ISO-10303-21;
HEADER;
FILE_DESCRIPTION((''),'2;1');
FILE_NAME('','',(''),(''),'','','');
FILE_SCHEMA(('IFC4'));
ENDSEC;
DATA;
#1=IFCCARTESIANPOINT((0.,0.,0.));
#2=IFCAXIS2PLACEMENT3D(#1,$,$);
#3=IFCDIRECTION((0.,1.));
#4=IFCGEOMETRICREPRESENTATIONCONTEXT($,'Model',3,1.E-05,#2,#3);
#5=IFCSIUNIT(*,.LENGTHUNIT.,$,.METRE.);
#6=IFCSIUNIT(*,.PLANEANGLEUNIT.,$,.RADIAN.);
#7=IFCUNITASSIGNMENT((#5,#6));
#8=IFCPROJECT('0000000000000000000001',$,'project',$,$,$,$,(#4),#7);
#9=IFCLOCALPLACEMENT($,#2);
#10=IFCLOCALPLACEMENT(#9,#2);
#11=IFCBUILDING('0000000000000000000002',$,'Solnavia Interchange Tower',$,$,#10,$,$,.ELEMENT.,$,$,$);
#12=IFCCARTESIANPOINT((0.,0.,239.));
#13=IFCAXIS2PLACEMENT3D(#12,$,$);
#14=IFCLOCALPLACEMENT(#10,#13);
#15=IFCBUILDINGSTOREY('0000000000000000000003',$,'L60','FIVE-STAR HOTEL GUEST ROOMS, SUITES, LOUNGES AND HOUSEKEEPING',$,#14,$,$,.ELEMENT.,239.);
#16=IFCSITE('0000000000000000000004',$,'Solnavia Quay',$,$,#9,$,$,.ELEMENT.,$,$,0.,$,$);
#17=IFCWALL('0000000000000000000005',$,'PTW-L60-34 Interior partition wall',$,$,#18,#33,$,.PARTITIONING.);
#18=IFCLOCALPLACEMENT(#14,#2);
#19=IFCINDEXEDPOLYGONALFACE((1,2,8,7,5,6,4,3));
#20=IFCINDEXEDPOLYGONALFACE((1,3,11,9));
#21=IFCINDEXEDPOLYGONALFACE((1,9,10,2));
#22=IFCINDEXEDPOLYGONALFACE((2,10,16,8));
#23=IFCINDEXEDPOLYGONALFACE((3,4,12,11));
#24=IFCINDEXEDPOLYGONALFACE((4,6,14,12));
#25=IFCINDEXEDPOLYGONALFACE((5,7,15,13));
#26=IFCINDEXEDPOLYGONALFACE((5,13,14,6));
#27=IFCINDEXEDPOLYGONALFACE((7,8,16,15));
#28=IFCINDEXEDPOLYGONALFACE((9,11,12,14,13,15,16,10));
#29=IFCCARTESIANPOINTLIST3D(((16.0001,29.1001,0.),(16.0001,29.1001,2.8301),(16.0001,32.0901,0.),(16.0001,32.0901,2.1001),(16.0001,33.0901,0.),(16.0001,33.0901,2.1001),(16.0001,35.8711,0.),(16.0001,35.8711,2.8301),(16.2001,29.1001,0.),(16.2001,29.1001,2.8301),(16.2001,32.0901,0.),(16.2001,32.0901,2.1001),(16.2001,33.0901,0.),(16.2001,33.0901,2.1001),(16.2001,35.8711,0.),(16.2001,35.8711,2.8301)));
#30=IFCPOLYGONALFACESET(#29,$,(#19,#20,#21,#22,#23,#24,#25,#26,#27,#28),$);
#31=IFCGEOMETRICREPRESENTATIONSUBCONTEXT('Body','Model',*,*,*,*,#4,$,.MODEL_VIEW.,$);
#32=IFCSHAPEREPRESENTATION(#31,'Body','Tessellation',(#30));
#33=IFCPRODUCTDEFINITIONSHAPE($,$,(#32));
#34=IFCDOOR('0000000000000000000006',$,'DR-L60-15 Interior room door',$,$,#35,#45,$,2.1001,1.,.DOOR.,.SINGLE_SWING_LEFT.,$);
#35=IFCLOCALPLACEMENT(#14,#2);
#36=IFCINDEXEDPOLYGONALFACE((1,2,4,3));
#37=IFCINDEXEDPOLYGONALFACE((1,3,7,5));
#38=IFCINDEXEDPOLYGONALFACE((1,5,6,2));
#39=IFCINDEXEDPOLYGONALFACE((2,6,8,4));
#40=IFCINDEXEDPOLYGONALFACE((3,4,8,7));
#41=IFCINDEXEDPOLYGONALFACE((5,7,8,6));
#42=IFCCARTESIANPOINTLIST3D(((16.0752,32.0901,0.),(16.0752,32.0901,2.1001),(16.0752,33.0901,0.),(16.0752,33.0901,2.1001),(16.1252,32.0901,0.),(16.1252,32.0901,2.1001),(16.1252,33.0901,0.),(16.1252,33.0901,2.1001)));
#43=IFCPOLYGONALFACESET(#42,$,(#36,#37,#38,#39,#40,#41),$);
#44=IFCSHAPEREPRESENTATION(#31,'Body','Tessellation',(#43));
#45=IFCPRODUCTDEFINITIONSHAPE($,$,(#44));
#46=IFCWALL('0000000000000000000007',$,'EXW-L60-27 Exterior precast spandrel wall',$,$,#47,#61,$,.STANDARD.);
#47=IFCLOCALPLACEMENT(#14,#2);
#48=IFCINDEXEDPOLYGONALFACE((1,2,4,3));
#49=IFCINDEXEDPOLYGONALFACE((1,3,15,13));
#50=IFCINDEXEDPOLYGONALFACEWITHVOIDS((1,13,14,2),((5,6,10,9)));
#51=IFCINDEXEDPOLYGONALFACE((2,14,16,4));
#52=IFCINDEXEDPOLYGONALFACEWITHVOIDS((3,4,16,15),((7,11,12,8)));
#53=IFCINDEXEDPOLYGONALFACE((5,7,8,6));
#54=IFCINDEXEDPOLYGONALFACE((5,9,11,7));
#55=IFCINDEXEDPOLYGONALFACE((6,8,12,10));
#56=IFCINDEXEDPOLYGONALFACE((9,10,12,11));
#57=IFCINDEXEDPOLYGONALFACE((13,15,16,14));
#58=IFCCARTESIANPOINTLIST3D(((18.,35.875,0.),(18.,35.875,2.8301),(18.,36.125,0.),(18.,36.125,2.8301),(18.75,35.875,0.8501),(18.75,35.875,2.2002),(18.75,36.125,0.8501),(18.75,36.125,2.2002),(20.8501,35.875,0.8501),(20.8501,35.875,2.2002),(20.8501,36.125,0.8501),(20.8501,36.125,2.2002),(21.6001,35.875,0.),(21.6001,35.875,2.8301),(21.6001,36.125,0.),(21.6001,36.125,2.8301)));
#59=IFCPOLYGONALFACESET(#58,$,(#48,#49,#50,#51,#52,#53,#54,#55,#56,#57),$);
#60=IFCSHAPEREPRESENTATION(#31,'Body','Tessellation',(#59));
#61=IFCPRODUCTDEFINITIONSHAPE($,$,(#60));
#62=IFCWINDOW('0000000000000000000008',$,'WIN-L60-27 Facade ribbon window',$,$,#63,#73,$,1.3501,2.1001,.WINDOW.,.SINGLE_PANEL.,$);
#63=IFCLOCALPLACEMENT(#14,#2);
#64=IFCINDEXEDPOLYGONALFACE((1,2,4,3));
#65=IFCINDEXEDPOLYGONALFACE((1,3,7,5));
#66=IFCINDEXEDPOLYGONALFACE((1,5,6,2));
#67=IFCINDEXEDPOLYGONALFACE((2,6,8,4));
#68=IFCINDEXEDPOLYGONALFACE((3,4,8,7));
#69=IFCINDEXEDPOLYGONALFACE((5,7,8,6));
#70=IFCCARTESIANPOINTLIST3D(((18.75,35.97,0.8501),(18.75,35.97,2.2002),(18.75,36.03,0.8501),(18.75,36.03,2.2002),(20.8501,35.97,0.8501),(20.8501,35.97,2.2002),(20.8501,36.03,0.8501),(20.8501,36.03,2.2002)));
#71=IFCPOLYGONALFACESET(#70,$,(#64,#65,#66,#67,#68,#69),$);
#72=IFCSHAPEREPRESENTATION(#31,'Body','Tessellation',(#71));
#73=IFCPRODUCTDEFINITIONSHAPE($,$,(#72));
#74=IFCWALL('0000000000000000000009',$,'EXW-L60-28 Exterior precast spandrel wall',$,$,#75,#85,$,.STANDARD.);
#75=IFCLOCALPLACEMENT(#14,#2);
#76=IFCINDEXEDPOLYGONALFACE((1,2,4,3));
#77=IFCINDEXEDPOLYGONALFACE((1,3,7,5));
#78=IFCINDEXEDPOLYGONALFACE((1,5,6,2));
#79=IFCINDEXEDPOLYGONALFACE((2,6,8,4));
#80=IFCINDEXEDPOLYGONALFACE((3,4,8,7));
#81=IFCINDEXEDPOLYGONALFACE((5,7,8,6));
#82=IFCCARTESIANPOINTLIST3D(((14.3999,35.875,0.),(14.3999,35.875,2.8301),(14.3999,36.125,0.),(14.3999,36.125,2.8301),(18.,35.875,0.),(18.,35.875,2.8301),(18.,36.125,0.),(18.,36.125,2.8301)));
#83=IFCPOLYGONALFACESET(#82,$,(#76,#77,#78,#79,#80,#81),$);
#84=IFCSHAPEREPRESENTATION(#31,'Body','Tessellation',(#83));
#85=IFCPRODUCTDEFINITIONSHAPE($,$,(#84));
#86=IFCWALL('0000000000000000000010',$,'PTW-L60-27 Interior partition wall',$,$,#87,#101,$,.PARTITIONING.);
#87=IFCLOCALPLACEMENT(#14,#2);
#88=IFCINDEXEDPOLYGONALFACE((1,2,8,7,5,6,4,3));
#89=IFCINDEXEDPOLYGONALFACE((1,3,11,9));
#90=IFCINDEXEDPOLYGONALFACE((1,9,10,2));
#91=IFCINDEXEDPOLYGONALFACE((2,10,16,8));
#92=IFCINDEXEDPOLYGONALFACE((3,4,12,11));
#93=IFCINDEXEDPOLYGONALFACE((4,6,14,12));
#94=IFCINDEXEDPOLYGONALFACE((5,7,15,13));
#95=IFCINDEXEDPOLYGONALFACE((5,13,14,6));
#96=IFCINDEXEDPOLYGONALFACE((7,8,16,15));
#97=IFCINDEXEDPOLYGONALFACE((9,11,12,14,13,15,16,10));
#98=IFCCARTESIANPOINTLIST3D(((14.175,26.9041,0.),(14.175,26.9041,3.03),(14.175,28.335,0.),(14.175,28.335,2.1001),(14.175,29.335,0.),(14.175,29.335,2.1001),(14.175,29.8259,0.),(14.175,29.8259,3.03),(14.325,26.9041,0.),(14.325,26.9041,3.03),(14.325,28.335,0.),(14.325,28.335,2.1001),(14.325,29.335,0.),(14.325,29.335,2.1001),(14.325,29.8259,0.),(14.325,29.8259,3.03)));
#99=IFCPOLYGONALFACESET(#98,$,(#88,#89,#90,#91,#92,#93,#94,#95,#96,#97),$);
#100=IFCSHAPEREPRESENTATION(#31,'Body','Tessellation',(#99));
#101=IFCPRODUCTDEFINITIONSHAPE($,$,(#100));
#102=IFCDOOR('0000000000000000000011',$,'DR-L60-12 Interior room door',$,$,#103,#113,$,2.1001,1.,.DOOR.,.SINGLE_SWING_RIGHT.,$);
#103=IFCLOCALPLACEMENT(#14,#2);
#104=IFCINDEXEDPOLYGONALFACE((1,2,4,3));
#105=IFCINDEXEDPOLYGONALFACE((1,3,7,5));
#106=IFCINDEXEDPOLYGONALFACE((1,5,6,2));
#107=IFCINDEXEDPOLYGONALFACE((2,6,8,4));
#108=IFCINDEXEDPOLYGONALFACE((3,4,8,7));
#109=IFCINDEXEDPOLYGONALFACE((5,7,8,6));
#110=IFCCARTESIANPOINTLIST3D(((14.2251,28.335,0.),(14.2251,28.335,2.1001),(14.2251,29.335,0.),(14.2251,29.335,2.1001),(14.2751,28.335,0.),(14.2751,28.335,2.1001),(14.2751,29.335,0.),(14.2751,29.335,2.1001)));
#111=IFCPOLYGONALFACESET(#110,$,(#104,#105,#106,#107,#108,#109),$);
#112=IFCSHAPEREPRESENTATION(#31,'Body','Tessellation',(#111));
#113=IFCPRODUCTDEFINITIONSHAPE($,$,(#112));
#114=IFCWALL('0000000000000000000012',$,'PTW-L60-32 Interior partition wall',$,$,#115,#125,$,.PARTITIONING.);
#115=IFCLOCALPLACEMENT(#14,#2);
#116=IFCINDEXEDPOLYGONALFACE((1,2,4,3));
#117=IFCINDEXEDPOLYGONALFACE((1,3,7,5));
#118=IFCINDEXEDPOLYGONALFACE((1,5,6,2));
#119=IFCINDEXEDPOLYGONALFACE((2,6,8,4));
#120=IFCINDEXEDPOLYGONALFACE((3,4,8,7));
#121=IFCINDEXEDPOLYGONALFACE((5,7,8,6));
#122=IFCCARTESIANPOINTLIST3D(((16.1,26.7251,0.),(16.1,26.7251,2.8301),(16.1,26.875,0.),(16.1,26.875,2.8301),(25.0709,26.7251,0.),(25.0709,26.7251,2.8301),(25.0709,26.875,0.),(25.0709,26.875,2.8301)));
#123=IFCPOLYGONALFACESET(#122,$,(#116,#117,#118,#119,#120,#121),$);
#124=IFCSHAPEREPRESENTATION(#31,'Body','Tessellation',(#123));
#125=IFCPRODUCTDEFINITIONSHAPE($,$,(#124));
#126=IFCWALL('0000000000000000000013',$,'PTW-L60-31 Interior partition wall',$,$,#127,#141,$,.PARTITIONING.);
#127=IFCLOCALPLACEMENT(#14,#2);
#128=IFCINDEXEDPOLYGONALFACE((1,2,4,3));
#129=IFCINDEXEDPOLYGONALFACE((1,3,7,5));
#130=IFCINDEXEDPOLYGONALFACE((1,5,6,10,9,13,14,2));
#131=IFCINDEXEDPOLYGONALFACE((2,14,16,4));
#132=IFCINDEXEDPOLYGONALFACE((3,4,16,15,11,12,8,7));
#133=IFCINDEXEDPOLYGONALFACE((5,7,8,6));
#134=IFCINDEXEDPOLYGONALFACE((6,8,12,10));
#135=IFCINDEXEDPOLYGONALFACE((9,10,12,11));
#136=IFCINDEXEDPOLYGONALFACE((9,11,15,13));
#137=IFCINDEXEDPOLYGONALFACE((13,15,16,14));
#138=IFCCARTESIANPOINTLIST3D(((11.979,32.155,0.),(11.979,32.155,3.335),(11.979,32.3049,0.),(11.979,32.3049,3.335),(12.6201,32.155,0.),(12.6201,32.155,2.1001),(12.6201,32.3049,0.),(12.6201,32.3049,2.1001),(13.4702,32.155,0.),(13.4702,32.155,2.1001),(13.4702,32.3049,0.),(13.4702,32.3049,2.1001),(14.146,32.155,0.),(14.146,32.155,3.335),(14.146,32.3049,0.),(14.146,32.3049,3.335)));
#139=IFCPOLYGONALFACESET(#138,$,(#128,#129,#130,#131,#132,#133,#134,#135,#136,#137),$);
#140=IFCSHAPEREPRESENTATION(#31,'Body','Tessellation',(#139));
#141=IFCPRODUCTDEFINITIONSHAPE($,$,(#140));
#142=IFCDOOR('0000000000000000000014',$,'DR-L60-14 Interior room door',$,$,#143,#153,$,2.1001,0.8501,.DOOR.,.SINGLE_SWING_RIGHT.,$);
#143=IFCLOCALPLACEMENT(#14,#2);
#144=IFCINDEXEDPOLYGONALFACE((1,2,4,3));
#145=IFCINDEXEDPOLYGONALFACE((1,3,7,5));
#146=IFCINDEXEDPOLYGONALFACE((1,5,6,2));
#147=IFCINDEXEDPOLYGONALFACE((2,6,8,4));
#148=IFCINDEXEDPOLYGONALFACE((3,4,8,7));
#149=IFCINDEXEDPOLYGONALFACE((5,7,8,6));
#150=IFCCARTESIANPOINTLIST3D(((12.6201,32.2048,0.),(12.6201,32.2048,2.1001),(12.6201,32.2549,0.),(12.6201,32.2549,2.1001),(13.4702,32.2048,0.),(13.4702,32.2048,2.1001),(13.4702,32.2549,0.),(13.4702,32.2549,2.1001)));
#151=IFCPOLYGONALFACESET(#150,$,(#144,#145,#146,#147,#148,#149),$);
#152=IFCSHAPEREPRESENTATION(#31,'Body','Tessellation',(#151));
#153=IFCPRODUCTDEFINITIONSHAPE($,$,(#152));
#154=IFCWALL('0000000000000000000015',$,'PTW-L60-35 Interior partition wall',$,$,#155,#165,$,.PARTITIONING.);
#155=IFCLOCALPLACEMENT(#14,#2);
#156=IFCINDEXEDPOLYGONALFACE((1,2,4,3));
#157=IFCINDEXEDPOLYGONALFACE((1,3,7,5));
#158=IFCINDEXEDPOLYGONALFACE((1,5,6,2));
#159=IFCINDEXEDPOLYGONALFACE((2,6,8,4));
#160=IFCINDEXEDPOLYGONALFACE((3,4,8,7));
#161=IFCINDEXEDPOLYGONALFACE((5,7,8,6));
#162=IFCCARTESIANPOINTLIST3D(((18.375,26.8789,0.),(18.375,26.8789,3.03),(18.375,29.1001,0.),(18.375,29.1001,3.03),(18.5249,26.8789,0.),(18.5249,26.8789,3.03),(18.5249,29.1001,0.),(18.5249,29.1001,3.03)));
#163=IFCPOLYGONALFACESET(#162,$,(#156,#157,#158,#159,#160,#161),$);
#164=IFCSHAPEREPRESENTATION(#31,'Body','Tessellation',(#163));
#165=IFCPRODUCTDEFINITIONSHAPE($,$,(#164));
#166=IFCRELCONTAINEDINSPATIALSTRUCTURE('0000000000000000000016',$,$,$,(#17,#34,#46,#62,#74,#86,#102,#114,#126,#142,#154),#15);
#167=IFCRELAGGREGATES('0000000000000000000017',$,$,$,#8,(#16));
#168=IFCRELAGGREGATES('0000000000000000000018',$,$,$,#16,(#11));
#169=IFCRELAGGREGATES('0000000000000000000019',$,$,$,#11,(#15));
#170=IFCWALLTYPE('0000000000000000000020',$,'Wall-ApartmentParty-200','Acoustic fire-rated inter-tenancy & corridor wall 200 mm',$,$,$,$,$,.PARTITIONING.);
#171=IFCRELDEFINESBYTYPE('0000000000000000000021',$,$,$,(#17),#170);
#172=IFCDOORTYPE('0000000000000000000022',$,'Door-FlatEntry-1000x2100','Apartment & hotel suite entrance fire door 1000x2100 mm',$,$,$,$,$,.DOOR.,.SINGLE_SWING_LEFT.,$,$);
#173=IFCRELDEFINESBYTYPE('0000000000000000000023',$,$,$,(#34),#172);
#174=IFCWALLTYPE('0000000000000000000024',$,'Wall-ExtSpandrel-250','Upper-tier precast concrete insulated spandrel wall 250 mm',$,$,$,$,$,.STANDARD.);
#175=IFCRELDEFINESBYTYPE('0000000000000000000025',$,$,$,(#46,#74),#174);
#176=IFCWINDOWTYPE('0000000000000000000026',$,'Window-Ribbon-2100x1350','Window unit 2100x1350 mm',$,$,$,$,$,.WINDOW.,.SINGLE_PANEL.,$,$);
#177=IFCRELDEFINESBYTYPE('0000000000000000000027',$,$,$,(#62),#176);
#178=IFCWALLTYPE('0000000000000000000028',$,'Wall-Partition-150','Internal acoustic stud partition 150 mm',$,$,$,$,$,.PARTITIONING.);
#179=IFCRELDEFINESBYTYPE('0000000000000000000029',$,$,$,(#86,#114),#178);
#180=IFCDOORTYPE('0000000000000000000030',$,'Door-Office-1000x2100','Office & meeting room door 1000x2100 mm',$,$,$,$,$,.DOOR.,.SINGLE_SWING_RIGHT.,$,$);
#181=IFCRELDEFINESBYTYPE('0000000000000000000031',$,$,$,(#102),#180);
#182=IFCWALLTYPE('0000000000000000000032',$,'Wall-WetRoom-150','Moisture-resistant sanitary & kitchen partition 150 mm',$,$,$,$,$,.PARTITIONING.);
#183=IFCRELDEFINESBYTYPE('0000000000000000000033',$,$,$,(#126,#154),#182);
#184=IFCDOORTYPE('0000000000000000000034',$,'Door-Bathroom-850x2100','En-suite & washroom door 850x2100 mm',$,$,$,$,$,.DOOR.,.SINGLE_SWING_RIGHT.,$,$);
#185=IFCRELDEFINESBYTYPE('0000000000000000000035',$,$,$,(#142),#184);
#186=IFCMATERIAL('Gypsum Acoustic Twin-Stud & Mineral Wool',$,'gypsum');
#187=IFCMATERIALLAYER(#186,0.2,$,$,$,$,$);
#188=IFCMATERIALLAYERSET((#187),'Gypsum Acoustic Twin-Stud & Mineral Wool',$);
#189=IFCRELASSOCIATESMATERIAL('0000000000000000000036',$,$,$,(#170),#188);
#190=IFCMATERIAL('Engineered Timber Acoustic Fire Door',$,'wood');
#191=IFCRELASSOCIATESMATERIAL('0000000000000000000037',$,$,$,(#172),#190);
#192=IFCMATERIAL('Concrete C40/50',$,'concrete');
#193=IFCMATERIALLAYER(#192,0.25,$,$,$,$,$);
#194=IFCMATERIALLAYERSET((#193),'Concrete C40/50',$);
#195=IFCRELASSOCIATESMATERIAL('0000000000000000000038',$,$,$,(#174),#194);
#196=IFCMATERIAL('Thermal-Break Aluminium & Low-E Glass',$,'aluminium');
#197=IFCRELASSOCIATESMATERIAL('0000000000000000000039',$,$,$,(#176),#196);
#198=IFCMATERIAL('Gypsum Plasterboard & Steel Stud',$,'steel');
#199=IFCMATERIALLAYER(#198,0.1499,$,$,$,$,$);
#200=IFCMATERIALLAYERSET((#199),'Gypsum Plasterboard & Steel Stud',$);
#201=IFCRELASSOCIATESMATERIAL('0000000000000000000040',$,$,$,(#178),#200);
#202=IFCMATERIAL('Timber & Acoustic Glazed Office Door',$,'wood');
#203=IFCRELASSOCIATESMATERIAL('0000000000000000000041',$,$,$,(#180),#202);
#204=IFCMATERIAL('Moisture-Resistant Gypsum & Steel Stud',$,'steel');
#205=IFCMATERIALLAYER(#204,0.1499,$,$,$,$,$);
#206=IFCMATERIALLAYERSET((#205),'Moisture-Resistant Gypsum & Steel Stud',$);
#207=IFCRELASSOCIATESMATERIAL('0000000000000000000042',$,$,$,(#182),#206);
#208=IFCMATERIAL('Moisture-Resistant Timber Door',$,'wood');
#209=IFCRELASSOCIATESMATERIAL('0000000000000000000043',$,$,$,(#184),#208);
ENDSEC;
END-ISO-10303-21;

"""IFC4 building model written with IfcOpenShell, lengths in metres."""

from ifc_helpers import new_model, si_unit, direction, frame, frame_2d, origin, place, context, subcontext, project, spatial, rectangle, extrude, material, layer, layer_set, type_object, element, fill, save


model = new_model("IFC4")

# Units and contexts
model_context = context("Model", 3, precision=1e-05, world=origin(), true_north=direction((0.0, 1.0)))
body_context = subcontext(model_context, "Body", "Model", "MODEL_VIEW")
ifc_project = project(units=[si_unit("LENGTHUNIT", "METRE"), si_unit("PLANEANGLEUNIT", "RADIAN")], contexts=[model_context])

# Site, building, storey
site_placement = place(None, origin())
site = spatial("IfcSite", under=ifc_project, at=site_placement, Name="Solnavia Quay", CompositionType="ELEMENT", RefElevation=0.0)
building_placement = place(site_placement, origin())
building = spatial("IfcBuilding", under=site, at=building_placement, Name="Solnavia Interchange Tower", CompositionType="ELEMENT")
storey_placement = place(building_placement, frame((0.0, 0.0, 239.0)))
storey = spatial("IfcBuildingStorey", under=building, at=storey_placement, Name="L60", Description="FIVE-STAR HOTEL GUEST ROOMS, SUITES, LOUNGES AND HOUSEKEEPING", CompositionType="ELEMENT", Elevation=239.0)

# Shared definitions
ifc_material_1 = material(Name="Gypsum Acoustic Twin-Stud & Mineral Wool", Category="gypsum")
ifc_layer_1 = layer(ifc_material_1, 0.2)
ifc_layer_set_1 = layer_set([ifc_layer_1], Name="Gypsum Acoustic Twin-Stud & Mineral Wool")
wall_type_1 = type_object("IfcWallType", Name="Wall-ApartmentParty-200", Description="Acoustic fire-rated inter-tenancy & corridor wall 200 mm", PredefinedType="PARTITIONING", material=ifc_layer_set_1)

# Shared definitions
ifc_material_2 = material(Name="Engineered Timber Acoustic Fire Door", Category="wood")
door_type_1 = type_object("IfcDoorType", Name="Door-FlatEntry-1000x2100", Description="Apartment & hotel suite entrance fire door 1000x2100 mm", OperationType="SINGLE_SWING_LEFT", PredefinedType="DOOR", material=ifc_material_2)

# Wall, opening, door
wall_1_placement = place(storey_placement, frame((16.1001, 29.1001, 0.0), z_axis=(0.0, 0.0, 1.0), x_axis=(0.0, 1.0, 0.0)))
wall_1 = element("IfcWall", 1, at=wall_1_placement, inside=storey, type_object=wall_type_1, Name="PTW-L60-34 Interior partition wall", PredefinedType="PARTITIONING", context=body_context, shape_type="SweptSolid", body=[
    extrude(rectangle(XDim=6.771, YDim=0.2, at=frame_2d((3.3855, 0.0))), origin(), (0.0, 0.0, 1.0), 2.8301),
])
opening_1_placement = place(wall_1_placement, frame((2.99, 0.0, 0.0)))
opening_1 = element("IfcOpeningElement", 2, at=opening_1_placement, cuts=wall_1, PredefinedType="OPENING", context=body_context, shape_type="SweptSolid", body=[
    extrude(rectangle(XDim=1.0, YDim=2.1001, at=frame_2d((0.5, 1.05))), frame((0.0, 0.1099, 0.0), z_axis=(0.0, -1.0, 0.0), x_axis=(1.0, 0.0, 0.0)), (0.0, 0.0, 1.0), 0.22),
])
door_1_placement = place(opening_1_placement, origin())
door_1 = element("IfcDoor", 3, at=door_1_placement, inside=storey, type_object=door_type_1, Name="DR-L60-15 Interior room door", OperationType="SINGLE_SWING_LEFT", OverallHeight=2.1001, OverallWidth=1.0, PredefinedType="DOOR", context=body_context, shape_type="SweptSolid", body=[
    extrude(rectangle(XDim=1.0, YDim=2.1001, at=frame_2d((0.5, 1.05))), frame((0.0, 0.0249, 0.0), z_axis=(0.0, -1.0, 0.0), x_axis=(1.0, 0.0, 0.0)), (0.0, 0.0, 1.0), 0.05),
])
fill(opening_1, door_1)

# Wall, opening, window
ifc_material_3 = material(Name="Concrete C40/50", Category="concrete")
ifc_layer_2 = layer(ifc_material_3, 0.25)
ifc_layer_set_2 = layer_set([ifc_layer_2], Name="Concrete C40/50")
wall_type_2 = type_object("IfcWallType", Name="Wall-ExtSpandrel-250", Description="Upper-tier precast concrete insulated spandrel wall 250 mm", PredefinedType="STANDARD", material=ifc_layer_set_2)
wall_2_placement = place(storey_placement, frame((18.0, 36.0, 0.0), z_axis=(0.0, 0.0, 1.0), x_axis=(1.0, 0.0, 0.0)))
wall_2 = element("IfcWall", 4, at=wall_2_placement, inside=storey, type_object=wall_type_2, Name="EXW-L60-27 Exterior precast spandrel wall", PredefinedType="STANDARD", context=body_context, shape_type="SweptSolid", body=[
    extrude(rectangle(XDim=3.6001, YDim=0.25, at=frame_2d((1.8, 0.0))), origin(), (0.0, 0.0, 1.0), 2.8301),
])
opening_2_placement = place(wall_2_placement, frame((0.75, 0.0, 0.8501)))
opening_2 = element("IfcOpeningElement", 5, at=opening_2_placement, cuts=wall_2, PredefinedType="OPENING", context=body_context, shape_type="SweptSolid", body=[
    extrude(rectangle(XDim=2.1001, YDim=1.3501, at=frame_2d((1.05, 0.675))), frame((0.0, 0.135, 0.0), z_axis=(0.0, -1.0, 0.0), x_axis=(1.0, 0.0, 0.0)), (0.0, 0.0, 1.0), 0.27),
])
ifc_material_4 = material(Name="Thermal-Break Aluminium & Low-E Glass", Category="aluminium")
window_type = type_object("IfcWindowType", Name="Window-Ribbon-2100x1350", Description="Window unit 2100x1350 mm", PartitioningType="SINGLE_PANEL", PredefinedType="WINDOW", material=ifc_material_4)
window_placement = place(opening_2_placement, origin())
window = element("IfcWindow", 6, at=window_placement, inside=storey, type_object=window_type, Name="WIN-L60-27 Facade ribbon window", OverallHeight=1.3501, OverallWidth=2.1001, PartitioningType="SINGLE_PANEL", PredefinedType="WINDOW", context=body_context, shape_type="SweptSolid", body=[
    extrude(rectangle(XDim=2.1001, YDim=1.3501, at=frame_2d((1.05, 0.675))), frame((0.0, 0.03, 0.0), z_axis=(0.0, -1.0, 0.0), x_axis=(1.0, 0.0, 0.0)), (0.0, 0.0, 1.0), 0.0601),
])
fill(opening_2, window)

# Wall
wall_3_placement = place(storey_placement, frame((14.3999, 36.0, 0.0), z_axis=(0.0, 0.0, 1.0), x_axis=(1.0, 0.0, 0.0)))
element("IfcWall", 7, at=wall_3_placement, inside=storey, type_object=wall_type_2, Name="EXW-L60-28 Exterior precast spandrel wall", PredefinedType="STANDARD", context=body_context, shape_type="SweptSolid", body=[
    extrude(rectangle(XDim=3.6001, YDim=0.25, at=frame_2d((1.8, 0.0))), origin(), (0.0, 0.0, 1.0), 2.8301),
])

# Wall, opening, door
ifc_material_5 = material(Name="Gypsum Plasterboard & Steel Stud", Category="steel")
ifc_layer_3 = layer(ifc_material_5, 0.1499)
ifc_layer_set_3 = layer_set([ifc_layer_3], Name="Gypsum Plasterboard & Steel Stud")
wall_type_3 = type_object("IfcWallType", Name="Wall-Partition-150", Description="Internal acoustic stud partition 150 mm", PredefinedType="PARTITIONING", material=ifc_layer_set_3)
wall_4_placement = place(storey_placement, frame((14.25, 26.9041, 0.0), z_axis=(0.0, 0.0, 1.0), x_axis=(0.0, 1.0, 0.0)))
wall_4 = element("IfcWall", 8, at=wall_4_placement, inside=storey, type_object=wall_type_3, Name="PTW-L60-27 Interior partition wall", PredefinedType="PARTITIONING", context=body_context, shape_type="SweptSolid", body=[
    extrude(rectangle(XDim=2.9219, YDim=0.1499, at=frame_2d((1.4609, 0.0))), origin(), (0.0, 0.0, 1.0), 3.03),
])
opening_3_placement = place(wall_4_placement, frame((1.4309, 0.0, 0.0)))
opening_3 = element("IfcOpeningElement", 9, at=opening_3_placement, cuts=wall_4, PredefinedType="OPENING", context=body_context, shape_type="SweptSolid", body=[
    extrude(rectangle(XDim=1.0, YDim=2.1001, at=frame_2d((0.5, 1.05))), frame((0.0, 0.085, 0.0), z_axis=(0.0, -1.0, 0.0), x_axis=(1.0, 0.0, 0.0)), (0.0, 0.0, 1.0), 0.1699),
])
ifc_material_6 = material(Name="Timber & Acoustic Glazed Office Door", Category="wood")
door_type_2 = type_object("IfcDoorType", Name="Door-Office-1000x2100", Description="Office & meeting room door 1000x2100 mm", OperationType="SINGLE_SWING_RIGHT", PredefinedType="DOOR", material=ifc_material_6)
door_2_placement = place(opening_3_placement, origin())
door_2 = element("IfcDoor", 10, at=door_2_placement, inside=storey, type_object=door_type_2, Name="DR-L60-12 Interior room door", OperationType="SINGLE_SWING_RIGHT", OverallHeight=2.1001, OverallWidth=1.0, PredefinedType="DOOR", context=body_context, shape_type="SweptSolid", body=[
    extrude(rectangle(XDim=1.0, YDim=2.1001, at=frame_2d((0.5, 1.05))), frame((0.0, 0.0249, 0.0), z_axis=(0.0, -1.0, 0.0), x_axis=(1.0, 0.0, 0.0)), (0.0, 0.0, 1.0), 0.05),
])
fill(opening_3, door_2)

# Wall
wall_5_placement = place(storey_placement, frame((16.1001, 26.8, 0.0), z_axis=(0.0, 0.0, 1.0), x_axis=(1.0, 0.0, 0.0)))
element("IfcWall", 11, at=wall_5_placement, inside=storey, type_object=wall_type_3, Name="PTW-L60-32 Interior partition wall", PredefinedType="PARTITIONING", context=body_context, shape_type="SweptSolid", body=[
    extrude(rectangle(XDim=8.9709, YDim=0.1499, at=frame_2d((4.4854, 0.0))), origin(), (0.0, 0.0, 1.0), 2.8301),
])

# Wall, opening, door
ifc_material_7 = material(Name="Moisture-Resistant Gypsum & Steel Stud", Category="steel")
ifc_layer_4 = layer(ifc_material_7, 0.1499)
ifc_layer_set_4 = layer_set([ifc_layer_4], Name="Moisture-Resistant Gypsum & Steel Stud")
wall_type_4 = type_object("IfcWallType", Name="Wall-WetRoom-150", Description="Moisture-resistant sanitary & kitchen partition 150 mm", PredefinedType="PARTITIONING", material=ifc_layer_set_4)
wall_6_placement = place(storey_placement, frame((11.979, 32.23, 0.0), z_axis=(0.0, 0.0, 1.0), x_axis=(1.0, 0.0, 0.0)))
wall_6 = element("IfcWall", 12, at=wall_6_placement, inside=storey, type_object=wall_type_4, Name="PTW-L60-31 Interior partition wall", PredefinedType="PARTITIONING", context=body_context, shape_type="SweptSolid", body=[
    extrude(rectangle(XDim=2.167, YDim=0.1499, at=frame_2d((1.0835, 0.0))), origin(), (0.0, 0.0, 1.0), 3.335),
])
opening_4_placement = place(wall_6_placement, frame((0.6411, 0.0, 0.0)))
opening_4 = element("IfcOpeningElement", 13, at=opening_4_placement, cuts=wall_6, PredefinedType="OPENING", context=body_context, shape_type="SweptSolid", body=[
    extrude(rectangle(XDim=0.8501, YDim=2.1001, at=frame_2d((0.425, 1.05))), frame((0.0, 0.085, 0.0), z_axis=(0.0, -1.0, 0.0), x_axis=(1.0, 0.0, 0.0)), (0.0, 0.0, 1.0), 0.1699),
])
ifc_material_8 = material(Name="Moisture-Resistant Timber Door", Category="wood")
door_type_3 = type_object("IfcDoorType", Name="Door-Bathroom-850x2100", Description="En-suite & washroom door 850x2100 mm", OperationType="SINGLE_SWING_RIGHT", PredefinedType="DOOR", material=ifc_material_8)
door_3_placement = place(opening_4_placement, origin())
door_3 = element("IfcDoor", 14, at=door_3_placement, inside=storey, type_object=door_type_3, Name="DR-L60-14 Interior room door", OperationType="SINGLE_SWING_RIGHT", OverallHeight=2.1001, OverallWidth=0.8501, PredefinedType="DOOR", context=body_context, shape_type="SweptSolid", body=[
    extrude(rectangle(XDim=0.8501, YDim=2.1001, at=frame_2d((0.425, 1.05))), frame((0.0, 0.0249, 0.0), z_axis=(0.0, -1.0, 0.0), x_axis=(1.0, 0.0, 0.0)), (0.0, 0.0, 1.0), 0.05),
])
fill(opening_4, door_3)

# Wall
wall_7_placement = place(storey_placement, frame((18.45, 26.8789, 0.0), z_axis=(0.0, 0.0, 1.0), x_axis=(0.0, 1.0, 0.0)))
element("IfcWall", 15, at=wall_7_placement, inside=storey, type_object=wall_type_4, Name="PTW-L60-35 Interior partition wall", PredefinedType="PARTITIONING", context=body_context, shape_type="SweptSolid", body=[
    extrude(rectangle(XDim=2.2212, YDim=0.1499, at=frame_2d((1.1106, 0.0))), origin(), (0.0, 0.0, 1.0), 3.03),
])

save(model, "model.ifc")
